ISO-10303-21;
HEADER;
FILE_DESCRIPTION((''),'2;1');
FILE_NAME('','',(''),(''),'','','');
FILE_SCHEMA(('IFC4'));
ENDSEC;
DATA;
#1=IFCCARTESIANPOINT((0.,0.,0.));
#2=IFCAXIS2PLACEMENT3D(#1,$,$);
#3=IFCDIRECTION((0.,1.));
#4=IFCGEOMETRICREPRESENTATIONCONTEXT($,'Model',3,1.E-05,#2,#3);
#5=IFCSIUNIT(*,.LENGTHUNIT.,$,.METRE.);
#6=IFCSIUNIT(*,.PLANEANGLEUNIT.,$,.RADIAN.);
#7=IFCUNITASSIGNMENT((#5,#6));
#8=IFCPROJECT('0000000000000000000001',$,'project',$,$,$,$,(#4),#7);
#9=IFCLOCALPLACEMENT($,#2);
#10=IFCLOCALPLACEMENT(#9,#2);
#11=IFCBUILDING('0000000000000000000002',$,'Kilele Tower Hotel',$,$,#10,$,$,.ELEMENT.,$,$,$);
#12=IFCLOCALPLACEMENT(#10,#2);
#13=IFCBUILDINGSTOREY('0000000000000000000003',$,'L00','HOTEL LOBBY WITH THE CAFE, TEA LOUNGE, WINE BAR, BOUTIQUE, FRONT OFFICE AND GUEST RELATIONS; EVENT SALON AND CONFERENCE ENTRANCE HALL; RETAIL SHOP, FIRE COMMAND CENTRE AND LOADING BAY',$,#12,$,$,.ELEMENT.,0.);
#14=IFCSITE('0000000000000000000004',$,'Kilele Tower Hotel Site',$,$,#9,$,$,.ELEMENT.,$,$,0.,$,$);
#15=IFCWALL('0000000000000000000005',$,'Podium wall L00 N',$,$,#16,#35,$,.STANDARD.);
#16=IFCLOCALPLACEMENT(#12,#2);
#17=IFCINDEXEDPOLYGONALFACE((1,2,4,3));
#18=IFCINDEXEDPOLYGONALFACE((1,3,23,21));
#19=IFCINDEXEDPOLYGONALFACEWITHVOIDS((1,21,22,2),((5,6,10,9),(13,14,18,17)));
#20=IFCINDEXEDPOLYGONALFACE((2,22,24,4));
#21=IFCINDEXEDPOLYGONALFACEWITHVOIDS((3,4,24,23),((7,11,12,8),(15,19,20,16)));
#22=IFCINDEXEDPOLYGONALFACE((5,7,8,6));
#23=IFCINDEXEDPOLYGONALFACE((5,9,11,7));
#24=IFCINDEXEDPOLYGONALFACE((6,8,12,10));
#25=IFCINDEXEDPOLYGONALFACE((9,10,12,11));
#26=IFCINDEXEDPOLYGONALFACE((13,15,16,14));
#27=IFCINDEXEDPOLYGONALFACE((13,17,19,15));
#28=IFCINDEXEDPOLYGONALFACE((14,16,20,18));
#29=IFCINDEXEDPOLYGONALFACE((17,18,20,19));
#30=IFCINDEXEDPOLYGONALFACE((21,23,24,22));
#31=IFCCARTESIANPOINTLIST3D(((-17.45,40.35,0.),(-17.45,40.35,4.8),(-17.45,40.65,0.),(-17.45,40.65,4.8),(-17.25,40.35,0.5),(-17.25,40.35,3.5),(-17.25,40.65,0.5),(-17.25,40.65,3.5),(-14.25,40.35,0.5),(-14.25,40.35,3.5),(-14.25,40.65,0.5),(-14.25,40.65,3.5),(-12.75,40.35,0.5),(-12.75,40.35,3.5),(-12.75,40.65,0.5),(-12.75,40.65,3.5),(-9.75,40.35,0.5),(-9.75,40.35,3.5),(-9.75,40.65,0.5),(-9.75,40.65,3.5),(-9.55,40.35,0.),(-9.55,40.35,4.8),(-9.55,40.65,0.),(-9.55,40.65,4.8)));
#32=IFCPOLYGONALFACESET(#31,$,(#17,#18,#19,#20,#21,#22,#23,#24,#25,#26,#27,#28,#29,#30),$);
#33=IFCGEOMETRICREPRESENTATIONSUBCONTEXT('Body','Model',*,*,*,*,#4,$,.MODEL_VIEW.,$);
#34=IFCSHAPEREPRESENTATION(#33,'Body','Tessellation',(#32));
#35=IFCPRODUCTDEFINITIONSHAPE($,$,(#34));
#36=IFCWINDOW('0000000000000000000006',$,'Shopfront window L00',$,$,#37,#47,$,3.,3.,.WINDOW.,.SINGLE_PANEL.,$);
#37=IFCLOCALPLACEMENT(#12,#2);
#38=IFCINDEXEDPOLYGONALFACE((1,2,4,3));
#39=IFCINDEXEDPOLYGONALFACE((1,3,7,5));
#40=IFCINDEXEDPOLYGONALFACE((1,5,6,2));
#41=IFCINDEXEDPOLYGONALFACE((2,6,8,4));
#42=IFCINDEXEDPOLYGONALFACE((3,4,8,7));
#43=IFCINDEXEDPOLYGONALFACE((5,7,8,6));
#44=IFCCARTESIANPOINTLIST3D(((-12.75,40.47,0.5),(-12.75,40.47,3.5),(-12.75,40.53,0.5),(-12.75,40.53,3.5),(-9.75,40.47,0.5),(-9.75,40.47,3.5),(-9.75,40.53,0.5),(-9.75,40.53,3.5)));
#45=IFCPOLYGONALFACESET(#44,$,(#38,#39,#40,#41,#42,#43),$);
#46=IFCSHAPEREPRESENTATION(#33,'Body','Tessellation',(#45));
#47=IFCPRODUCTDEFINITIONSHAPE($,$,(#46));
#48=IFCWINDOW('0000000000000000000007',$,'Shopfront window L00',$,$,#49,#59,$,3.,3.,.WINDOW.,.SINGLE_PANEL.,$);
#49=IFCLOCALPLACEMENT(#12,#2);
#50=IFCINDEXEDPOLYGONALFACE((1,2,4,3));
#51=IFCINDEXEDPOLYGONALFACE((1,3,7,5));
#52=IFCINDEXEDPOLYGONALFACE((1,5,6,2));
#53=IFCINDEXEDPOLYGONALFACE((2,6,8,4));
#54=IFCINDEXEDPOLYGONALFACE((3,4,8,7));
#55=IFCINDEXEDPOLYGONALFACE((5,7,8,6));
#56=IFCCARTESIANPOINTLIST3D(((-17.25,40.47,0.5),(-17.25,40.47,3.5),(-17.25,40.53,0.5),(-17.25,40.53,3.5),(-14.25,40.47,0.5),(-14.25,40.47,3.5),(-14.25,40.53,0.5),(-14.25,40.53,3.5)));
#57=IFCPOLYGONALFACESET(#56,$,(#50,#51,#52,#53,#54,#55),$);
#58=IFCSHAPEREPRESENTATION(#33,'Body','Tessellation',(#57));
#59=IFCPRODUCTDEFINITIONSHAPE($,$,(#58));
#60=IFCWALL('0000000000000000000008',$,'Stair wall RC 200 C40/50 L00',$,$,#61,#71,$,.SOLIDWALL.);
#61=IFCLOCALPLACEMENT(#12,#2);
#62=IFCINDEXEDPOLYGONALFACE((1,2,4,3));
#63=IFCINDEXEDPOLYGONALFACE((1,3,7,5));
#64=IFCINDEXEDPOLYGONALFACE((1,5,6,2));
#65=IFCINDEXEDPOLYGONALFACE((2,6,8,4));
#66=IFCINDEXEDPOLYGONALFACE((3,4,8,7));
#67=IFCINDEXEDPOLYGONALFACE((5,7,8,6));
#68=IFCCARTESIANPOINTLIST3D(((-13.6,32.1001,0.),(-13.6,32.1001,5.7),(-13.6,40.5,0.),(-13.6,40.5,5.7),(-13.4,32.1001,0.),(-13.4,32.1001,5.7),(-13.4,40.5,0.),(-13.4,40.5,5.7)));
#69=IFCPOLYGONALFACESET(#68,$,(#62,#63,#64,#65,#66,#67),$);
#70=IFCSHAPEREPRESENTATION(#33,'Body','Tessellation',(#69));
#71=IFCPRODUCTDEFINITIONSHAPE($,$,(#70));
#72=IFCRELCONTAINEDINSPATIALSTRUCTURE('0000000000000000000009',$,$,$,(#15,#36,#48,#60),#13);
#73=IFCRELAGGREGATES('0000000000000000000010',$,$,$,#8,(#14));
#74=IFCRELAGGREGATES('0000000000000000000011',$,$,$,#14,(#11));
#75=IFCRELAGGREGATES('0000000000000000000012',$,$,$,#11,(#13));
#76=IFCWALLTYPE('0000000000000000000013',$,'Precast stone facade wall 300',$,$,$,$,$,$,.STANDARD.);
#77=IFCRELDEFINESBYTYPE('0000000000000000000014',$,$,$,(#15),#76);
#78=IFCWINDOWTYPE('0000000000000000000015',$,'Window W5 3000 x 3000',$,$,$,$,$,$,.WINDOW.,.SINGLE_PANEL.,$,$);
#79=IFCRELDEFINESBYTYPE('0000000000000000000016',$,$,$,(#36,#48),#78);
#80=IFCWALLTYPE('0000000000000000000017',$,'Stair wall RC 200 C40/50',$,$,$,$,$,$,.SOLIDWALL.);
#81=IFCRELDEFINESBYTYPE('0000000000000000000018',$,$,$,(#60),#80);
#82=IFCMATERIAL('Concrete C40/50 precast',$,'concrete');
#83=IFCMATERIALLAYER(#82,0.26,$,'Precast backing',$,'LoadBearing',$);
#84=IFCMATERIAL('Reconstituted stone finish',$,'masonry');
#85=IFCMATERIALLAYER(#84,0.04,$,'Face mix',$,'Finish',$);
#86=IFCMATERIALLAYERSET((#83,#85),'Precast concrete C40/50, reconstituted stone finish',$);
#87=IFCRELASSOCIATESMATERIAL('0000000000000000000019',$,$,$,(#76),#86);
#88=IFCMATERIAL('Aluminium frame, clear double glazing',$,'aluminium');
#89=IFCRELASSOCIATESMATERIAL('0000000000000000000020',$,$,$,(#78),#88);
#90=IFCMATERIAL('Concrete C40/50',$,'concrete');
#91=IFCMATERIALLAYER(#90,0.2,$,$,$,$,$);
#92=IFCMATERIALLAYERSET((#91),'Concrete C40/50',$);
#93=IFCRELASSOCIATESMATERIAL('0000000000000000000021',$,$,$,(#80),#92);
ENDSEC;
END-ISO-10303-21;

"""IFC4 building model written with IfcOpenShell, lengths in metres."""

from ifc_helpers import new_model, si_unit, direction, frame, frame_2d, origin, place, context, subcontext, project, spatial, rectangle, extrude, material, layer, layer_set, type_object, element, fill, save


model = new_model("IFC4")

# Units and contexts
model_context = context("Model", 3, precision=1e-05, world=origin(), true_north=direction((0.0, 1.0)))
body_context = subcontext(model_context, "Body", "Model", "MODEL_VIEW")
ifc_project = project(units=[si_unit("LENGTHUNIT", "METRE"), si_unit("PLANEANGLEUNIT", "RADIAN")], contexts=[model_context])

# Site, building, storey
site_placement = place(None, origin())
site = spatial("IfcSite", under=ifc_project, at=site_placement, Name="Kilele Tower Hotel Site", CompositionType="ELEMENT", RefElevation=0.0)
building_placement = place(site_placement, origin())
building = spatial("IfcBuilding", under=site, at=building_placement, Name="Kilele Tower Hotel", CompositionType="ELEMENT")
storey_placement = place(building_placement, origin())
storey = spatial("IfcBuildingStorey", under=building, at=storey_placement, Name="L00", Description="HOTEL LOBBY WITH THE CAFE, TEA LOUNGE, WINE BAR, BOUTIQUE, FRONT OFFICE AND GUEST RELATIONS; EVENT SALON AND CONFERENCE ENTRANCE HALL; RETAIL SHOP, FIRE COMMAND CENTRE AND LOADING BAY", CompositionType="ELEMENT", Elevation=0.0)

# Wall, openings, windows
ifc_material_1 = material(Name="Concrete C40/50 precast", Category="concrete")
ifc_layer_1 = layer(ifc_material_1, 0.26, Name="Precast backing", Category="LoadBearing")
ifc_material_2 = material(Name="Reconstituted stone finish", Category="masonry")
ifc_layer_2 = layer(ifc_material_2, 0.04, Name="Face mix", Category="Finish")
ifc_layer_set_1 = layer_set([ifc_layer_1, ifc_layer_2], Name="Precast concrete C40/50, reconstituted stone finish")
wall_type_1 = type_object("IfcWallType", Name="Precast stone facade wall 300", PredefinedType="STANDARD", material=ifc_layer_set_1)
wall_1_placement = place(storey_placement, frame((-9.55, 40.5, 0.0), z_axis=(0.0, 0.0, 1.0), x_axis=(-1.0, 0.0, 0.0)))
wall_1 = element("IfcWall", 1, at=wall_1_placement, inside=storey, type_object=wall_type_1, Name="Podium wall L00 N", PredefinedType="STANDARD", context=body_context, shape_type="SweptSolid", body=[
    extrude(rectangle(XDim=7.8999, YDim=0.3, at=frame_2d((3.95, 0.0))), origin(), (0.0, 0.0, 1.0), 4.8),
])
opening_1_placement = place(wall_1_placement, frame((0.2, 0.0, 0.5)))
opening_1 = element("IfcOpeningElement", 2, at=opening_1_placement, cuts=wall_1, PredefinedType="OPENING", context=body_context, shape_type="SweptSolid", body=[
    extrude(rectangle(XDim=3.0, YDim=3.0, at=frame_2d((1.5, 1.5))), frame((0.0, 0.1599, 0.0), z_axis=(0.0, -1.0, 0.0), x_axis=(1.0, 0.0, 0.0)), (0.0, 0.0, 1.0), 0.3201),
])
opening_2_placement = place(wall_1_placement, frame((4.7, 0.0, 0.5)))
opening_2 = element("IfcOpeningElement", 3, at=opening_2_placement, cuts=wall_1, PredefinedType="OPENING", context=body_context, shape_type="SweptSolid", body=[
    extrude(rectangle(XDim=3.0, YDim=3.0, at=frame_2d((1.5, 1.5))), frame((0.0, 0.1599, 0.0), z_axis=(0.0, -1.0, 0.0), x_axis=(1.0, 0.0, 0.0)), (0.0, 0.0, 1.0), 0.3201),
])
ifc_material_3 = material(Name="Aluminium frame, clear double glazing", Category="aluminium")
window_type = type_object("IfcWindowType", Name="Window W5 3000 x 3000", PartitioningType="SINGLE_PANEL", PredefinedType="WINDOW", material=ifc_material_3)
window_1_placement = place(opening_1_placement, origin())
window_1 = element("IfcWindow", 4, at=window_1_placement, inside=storey, type_object=window_type, Name="Shopfront window L00", OverallHeight=3.0, OverallWidth=3.0, PartitioningType="SINGLE_PANEL", PredefinedType="WINDOW", context=body_context, shape_type="SweptSolid", body=[
    extrude(rectangle(XDim=3.0, YDim=3.0, at=frame_2d((1.5, 1.5))), frame((0.0, 0.03, 0.0), z_axis=(0.0, -1.0, 0.0), x_axis=(1.0, 0.0, 0.0)), (0.0, 0.0, 1.0), 0.0601),
])
fill(opening_1, window_1)
window_2_placement = place(opening_2_placement, origin())
window_2 = element("IfcWindow", 5, at=window_2_placement, inside=storey, type_object=window_type, Name="Shopfront window L00", OverallHeight=3.0, OverallWidth=3.0, PartitioningType="SINGLE_PANEL", PredefinedType="WINDOW", context=body_context, shape_type="SweptSolid", body=[
    extrude(rectangle(XDim=3.0, YDim=3.0, at=frame_2d((1.5, 1.5))), frame((0.0, 0.03, 0.0), z_axis=(0.0, -1.0, 0.0), x_axis=(1.0, 0.0, 0.0)), (0.0, 0.0, 1.0), 0.0601),
])
fill(opening_2, window_2)

# Wall
ifc_material_4 = material(Name="Concrete C40/50", Category="concrete")
ifc_layer_3 = layer(ifc_material_4, 0.2)
ifc_layer_set_2 = layer_set([ifc_layer_3], Name="Concrete C40/50")
wall_type_2 = type_object("IfcWallType", Name="Stair wall RC 200 C40/50", PredefinedType="SOLIDWALL", material=ifc_layer_set_2)
wall_2_placement = place(storey_placement, frame((-13.5, 32.1001, 0.0), z_axis=(0.0, 0.0, 1.0), x_axis=(0.0, 1.0, 0.0)))
element("IfcWall", 6, at=wall_2_placement, inside=storey, type_object=wall_type_2, Name="Stair wall RC 200 C40/50 L00", PredefinedType="SOLIDWALL", context=body_context, shape_type="SweptSolid", body=[
    extrude(rectangle(XDim=8.3999, YDim=0.2, at=frame_2d((4.2, 0.0))), origin(), (0.0, 0.0, 1.0), 5.7),
])

save(model, "model.ifc")
